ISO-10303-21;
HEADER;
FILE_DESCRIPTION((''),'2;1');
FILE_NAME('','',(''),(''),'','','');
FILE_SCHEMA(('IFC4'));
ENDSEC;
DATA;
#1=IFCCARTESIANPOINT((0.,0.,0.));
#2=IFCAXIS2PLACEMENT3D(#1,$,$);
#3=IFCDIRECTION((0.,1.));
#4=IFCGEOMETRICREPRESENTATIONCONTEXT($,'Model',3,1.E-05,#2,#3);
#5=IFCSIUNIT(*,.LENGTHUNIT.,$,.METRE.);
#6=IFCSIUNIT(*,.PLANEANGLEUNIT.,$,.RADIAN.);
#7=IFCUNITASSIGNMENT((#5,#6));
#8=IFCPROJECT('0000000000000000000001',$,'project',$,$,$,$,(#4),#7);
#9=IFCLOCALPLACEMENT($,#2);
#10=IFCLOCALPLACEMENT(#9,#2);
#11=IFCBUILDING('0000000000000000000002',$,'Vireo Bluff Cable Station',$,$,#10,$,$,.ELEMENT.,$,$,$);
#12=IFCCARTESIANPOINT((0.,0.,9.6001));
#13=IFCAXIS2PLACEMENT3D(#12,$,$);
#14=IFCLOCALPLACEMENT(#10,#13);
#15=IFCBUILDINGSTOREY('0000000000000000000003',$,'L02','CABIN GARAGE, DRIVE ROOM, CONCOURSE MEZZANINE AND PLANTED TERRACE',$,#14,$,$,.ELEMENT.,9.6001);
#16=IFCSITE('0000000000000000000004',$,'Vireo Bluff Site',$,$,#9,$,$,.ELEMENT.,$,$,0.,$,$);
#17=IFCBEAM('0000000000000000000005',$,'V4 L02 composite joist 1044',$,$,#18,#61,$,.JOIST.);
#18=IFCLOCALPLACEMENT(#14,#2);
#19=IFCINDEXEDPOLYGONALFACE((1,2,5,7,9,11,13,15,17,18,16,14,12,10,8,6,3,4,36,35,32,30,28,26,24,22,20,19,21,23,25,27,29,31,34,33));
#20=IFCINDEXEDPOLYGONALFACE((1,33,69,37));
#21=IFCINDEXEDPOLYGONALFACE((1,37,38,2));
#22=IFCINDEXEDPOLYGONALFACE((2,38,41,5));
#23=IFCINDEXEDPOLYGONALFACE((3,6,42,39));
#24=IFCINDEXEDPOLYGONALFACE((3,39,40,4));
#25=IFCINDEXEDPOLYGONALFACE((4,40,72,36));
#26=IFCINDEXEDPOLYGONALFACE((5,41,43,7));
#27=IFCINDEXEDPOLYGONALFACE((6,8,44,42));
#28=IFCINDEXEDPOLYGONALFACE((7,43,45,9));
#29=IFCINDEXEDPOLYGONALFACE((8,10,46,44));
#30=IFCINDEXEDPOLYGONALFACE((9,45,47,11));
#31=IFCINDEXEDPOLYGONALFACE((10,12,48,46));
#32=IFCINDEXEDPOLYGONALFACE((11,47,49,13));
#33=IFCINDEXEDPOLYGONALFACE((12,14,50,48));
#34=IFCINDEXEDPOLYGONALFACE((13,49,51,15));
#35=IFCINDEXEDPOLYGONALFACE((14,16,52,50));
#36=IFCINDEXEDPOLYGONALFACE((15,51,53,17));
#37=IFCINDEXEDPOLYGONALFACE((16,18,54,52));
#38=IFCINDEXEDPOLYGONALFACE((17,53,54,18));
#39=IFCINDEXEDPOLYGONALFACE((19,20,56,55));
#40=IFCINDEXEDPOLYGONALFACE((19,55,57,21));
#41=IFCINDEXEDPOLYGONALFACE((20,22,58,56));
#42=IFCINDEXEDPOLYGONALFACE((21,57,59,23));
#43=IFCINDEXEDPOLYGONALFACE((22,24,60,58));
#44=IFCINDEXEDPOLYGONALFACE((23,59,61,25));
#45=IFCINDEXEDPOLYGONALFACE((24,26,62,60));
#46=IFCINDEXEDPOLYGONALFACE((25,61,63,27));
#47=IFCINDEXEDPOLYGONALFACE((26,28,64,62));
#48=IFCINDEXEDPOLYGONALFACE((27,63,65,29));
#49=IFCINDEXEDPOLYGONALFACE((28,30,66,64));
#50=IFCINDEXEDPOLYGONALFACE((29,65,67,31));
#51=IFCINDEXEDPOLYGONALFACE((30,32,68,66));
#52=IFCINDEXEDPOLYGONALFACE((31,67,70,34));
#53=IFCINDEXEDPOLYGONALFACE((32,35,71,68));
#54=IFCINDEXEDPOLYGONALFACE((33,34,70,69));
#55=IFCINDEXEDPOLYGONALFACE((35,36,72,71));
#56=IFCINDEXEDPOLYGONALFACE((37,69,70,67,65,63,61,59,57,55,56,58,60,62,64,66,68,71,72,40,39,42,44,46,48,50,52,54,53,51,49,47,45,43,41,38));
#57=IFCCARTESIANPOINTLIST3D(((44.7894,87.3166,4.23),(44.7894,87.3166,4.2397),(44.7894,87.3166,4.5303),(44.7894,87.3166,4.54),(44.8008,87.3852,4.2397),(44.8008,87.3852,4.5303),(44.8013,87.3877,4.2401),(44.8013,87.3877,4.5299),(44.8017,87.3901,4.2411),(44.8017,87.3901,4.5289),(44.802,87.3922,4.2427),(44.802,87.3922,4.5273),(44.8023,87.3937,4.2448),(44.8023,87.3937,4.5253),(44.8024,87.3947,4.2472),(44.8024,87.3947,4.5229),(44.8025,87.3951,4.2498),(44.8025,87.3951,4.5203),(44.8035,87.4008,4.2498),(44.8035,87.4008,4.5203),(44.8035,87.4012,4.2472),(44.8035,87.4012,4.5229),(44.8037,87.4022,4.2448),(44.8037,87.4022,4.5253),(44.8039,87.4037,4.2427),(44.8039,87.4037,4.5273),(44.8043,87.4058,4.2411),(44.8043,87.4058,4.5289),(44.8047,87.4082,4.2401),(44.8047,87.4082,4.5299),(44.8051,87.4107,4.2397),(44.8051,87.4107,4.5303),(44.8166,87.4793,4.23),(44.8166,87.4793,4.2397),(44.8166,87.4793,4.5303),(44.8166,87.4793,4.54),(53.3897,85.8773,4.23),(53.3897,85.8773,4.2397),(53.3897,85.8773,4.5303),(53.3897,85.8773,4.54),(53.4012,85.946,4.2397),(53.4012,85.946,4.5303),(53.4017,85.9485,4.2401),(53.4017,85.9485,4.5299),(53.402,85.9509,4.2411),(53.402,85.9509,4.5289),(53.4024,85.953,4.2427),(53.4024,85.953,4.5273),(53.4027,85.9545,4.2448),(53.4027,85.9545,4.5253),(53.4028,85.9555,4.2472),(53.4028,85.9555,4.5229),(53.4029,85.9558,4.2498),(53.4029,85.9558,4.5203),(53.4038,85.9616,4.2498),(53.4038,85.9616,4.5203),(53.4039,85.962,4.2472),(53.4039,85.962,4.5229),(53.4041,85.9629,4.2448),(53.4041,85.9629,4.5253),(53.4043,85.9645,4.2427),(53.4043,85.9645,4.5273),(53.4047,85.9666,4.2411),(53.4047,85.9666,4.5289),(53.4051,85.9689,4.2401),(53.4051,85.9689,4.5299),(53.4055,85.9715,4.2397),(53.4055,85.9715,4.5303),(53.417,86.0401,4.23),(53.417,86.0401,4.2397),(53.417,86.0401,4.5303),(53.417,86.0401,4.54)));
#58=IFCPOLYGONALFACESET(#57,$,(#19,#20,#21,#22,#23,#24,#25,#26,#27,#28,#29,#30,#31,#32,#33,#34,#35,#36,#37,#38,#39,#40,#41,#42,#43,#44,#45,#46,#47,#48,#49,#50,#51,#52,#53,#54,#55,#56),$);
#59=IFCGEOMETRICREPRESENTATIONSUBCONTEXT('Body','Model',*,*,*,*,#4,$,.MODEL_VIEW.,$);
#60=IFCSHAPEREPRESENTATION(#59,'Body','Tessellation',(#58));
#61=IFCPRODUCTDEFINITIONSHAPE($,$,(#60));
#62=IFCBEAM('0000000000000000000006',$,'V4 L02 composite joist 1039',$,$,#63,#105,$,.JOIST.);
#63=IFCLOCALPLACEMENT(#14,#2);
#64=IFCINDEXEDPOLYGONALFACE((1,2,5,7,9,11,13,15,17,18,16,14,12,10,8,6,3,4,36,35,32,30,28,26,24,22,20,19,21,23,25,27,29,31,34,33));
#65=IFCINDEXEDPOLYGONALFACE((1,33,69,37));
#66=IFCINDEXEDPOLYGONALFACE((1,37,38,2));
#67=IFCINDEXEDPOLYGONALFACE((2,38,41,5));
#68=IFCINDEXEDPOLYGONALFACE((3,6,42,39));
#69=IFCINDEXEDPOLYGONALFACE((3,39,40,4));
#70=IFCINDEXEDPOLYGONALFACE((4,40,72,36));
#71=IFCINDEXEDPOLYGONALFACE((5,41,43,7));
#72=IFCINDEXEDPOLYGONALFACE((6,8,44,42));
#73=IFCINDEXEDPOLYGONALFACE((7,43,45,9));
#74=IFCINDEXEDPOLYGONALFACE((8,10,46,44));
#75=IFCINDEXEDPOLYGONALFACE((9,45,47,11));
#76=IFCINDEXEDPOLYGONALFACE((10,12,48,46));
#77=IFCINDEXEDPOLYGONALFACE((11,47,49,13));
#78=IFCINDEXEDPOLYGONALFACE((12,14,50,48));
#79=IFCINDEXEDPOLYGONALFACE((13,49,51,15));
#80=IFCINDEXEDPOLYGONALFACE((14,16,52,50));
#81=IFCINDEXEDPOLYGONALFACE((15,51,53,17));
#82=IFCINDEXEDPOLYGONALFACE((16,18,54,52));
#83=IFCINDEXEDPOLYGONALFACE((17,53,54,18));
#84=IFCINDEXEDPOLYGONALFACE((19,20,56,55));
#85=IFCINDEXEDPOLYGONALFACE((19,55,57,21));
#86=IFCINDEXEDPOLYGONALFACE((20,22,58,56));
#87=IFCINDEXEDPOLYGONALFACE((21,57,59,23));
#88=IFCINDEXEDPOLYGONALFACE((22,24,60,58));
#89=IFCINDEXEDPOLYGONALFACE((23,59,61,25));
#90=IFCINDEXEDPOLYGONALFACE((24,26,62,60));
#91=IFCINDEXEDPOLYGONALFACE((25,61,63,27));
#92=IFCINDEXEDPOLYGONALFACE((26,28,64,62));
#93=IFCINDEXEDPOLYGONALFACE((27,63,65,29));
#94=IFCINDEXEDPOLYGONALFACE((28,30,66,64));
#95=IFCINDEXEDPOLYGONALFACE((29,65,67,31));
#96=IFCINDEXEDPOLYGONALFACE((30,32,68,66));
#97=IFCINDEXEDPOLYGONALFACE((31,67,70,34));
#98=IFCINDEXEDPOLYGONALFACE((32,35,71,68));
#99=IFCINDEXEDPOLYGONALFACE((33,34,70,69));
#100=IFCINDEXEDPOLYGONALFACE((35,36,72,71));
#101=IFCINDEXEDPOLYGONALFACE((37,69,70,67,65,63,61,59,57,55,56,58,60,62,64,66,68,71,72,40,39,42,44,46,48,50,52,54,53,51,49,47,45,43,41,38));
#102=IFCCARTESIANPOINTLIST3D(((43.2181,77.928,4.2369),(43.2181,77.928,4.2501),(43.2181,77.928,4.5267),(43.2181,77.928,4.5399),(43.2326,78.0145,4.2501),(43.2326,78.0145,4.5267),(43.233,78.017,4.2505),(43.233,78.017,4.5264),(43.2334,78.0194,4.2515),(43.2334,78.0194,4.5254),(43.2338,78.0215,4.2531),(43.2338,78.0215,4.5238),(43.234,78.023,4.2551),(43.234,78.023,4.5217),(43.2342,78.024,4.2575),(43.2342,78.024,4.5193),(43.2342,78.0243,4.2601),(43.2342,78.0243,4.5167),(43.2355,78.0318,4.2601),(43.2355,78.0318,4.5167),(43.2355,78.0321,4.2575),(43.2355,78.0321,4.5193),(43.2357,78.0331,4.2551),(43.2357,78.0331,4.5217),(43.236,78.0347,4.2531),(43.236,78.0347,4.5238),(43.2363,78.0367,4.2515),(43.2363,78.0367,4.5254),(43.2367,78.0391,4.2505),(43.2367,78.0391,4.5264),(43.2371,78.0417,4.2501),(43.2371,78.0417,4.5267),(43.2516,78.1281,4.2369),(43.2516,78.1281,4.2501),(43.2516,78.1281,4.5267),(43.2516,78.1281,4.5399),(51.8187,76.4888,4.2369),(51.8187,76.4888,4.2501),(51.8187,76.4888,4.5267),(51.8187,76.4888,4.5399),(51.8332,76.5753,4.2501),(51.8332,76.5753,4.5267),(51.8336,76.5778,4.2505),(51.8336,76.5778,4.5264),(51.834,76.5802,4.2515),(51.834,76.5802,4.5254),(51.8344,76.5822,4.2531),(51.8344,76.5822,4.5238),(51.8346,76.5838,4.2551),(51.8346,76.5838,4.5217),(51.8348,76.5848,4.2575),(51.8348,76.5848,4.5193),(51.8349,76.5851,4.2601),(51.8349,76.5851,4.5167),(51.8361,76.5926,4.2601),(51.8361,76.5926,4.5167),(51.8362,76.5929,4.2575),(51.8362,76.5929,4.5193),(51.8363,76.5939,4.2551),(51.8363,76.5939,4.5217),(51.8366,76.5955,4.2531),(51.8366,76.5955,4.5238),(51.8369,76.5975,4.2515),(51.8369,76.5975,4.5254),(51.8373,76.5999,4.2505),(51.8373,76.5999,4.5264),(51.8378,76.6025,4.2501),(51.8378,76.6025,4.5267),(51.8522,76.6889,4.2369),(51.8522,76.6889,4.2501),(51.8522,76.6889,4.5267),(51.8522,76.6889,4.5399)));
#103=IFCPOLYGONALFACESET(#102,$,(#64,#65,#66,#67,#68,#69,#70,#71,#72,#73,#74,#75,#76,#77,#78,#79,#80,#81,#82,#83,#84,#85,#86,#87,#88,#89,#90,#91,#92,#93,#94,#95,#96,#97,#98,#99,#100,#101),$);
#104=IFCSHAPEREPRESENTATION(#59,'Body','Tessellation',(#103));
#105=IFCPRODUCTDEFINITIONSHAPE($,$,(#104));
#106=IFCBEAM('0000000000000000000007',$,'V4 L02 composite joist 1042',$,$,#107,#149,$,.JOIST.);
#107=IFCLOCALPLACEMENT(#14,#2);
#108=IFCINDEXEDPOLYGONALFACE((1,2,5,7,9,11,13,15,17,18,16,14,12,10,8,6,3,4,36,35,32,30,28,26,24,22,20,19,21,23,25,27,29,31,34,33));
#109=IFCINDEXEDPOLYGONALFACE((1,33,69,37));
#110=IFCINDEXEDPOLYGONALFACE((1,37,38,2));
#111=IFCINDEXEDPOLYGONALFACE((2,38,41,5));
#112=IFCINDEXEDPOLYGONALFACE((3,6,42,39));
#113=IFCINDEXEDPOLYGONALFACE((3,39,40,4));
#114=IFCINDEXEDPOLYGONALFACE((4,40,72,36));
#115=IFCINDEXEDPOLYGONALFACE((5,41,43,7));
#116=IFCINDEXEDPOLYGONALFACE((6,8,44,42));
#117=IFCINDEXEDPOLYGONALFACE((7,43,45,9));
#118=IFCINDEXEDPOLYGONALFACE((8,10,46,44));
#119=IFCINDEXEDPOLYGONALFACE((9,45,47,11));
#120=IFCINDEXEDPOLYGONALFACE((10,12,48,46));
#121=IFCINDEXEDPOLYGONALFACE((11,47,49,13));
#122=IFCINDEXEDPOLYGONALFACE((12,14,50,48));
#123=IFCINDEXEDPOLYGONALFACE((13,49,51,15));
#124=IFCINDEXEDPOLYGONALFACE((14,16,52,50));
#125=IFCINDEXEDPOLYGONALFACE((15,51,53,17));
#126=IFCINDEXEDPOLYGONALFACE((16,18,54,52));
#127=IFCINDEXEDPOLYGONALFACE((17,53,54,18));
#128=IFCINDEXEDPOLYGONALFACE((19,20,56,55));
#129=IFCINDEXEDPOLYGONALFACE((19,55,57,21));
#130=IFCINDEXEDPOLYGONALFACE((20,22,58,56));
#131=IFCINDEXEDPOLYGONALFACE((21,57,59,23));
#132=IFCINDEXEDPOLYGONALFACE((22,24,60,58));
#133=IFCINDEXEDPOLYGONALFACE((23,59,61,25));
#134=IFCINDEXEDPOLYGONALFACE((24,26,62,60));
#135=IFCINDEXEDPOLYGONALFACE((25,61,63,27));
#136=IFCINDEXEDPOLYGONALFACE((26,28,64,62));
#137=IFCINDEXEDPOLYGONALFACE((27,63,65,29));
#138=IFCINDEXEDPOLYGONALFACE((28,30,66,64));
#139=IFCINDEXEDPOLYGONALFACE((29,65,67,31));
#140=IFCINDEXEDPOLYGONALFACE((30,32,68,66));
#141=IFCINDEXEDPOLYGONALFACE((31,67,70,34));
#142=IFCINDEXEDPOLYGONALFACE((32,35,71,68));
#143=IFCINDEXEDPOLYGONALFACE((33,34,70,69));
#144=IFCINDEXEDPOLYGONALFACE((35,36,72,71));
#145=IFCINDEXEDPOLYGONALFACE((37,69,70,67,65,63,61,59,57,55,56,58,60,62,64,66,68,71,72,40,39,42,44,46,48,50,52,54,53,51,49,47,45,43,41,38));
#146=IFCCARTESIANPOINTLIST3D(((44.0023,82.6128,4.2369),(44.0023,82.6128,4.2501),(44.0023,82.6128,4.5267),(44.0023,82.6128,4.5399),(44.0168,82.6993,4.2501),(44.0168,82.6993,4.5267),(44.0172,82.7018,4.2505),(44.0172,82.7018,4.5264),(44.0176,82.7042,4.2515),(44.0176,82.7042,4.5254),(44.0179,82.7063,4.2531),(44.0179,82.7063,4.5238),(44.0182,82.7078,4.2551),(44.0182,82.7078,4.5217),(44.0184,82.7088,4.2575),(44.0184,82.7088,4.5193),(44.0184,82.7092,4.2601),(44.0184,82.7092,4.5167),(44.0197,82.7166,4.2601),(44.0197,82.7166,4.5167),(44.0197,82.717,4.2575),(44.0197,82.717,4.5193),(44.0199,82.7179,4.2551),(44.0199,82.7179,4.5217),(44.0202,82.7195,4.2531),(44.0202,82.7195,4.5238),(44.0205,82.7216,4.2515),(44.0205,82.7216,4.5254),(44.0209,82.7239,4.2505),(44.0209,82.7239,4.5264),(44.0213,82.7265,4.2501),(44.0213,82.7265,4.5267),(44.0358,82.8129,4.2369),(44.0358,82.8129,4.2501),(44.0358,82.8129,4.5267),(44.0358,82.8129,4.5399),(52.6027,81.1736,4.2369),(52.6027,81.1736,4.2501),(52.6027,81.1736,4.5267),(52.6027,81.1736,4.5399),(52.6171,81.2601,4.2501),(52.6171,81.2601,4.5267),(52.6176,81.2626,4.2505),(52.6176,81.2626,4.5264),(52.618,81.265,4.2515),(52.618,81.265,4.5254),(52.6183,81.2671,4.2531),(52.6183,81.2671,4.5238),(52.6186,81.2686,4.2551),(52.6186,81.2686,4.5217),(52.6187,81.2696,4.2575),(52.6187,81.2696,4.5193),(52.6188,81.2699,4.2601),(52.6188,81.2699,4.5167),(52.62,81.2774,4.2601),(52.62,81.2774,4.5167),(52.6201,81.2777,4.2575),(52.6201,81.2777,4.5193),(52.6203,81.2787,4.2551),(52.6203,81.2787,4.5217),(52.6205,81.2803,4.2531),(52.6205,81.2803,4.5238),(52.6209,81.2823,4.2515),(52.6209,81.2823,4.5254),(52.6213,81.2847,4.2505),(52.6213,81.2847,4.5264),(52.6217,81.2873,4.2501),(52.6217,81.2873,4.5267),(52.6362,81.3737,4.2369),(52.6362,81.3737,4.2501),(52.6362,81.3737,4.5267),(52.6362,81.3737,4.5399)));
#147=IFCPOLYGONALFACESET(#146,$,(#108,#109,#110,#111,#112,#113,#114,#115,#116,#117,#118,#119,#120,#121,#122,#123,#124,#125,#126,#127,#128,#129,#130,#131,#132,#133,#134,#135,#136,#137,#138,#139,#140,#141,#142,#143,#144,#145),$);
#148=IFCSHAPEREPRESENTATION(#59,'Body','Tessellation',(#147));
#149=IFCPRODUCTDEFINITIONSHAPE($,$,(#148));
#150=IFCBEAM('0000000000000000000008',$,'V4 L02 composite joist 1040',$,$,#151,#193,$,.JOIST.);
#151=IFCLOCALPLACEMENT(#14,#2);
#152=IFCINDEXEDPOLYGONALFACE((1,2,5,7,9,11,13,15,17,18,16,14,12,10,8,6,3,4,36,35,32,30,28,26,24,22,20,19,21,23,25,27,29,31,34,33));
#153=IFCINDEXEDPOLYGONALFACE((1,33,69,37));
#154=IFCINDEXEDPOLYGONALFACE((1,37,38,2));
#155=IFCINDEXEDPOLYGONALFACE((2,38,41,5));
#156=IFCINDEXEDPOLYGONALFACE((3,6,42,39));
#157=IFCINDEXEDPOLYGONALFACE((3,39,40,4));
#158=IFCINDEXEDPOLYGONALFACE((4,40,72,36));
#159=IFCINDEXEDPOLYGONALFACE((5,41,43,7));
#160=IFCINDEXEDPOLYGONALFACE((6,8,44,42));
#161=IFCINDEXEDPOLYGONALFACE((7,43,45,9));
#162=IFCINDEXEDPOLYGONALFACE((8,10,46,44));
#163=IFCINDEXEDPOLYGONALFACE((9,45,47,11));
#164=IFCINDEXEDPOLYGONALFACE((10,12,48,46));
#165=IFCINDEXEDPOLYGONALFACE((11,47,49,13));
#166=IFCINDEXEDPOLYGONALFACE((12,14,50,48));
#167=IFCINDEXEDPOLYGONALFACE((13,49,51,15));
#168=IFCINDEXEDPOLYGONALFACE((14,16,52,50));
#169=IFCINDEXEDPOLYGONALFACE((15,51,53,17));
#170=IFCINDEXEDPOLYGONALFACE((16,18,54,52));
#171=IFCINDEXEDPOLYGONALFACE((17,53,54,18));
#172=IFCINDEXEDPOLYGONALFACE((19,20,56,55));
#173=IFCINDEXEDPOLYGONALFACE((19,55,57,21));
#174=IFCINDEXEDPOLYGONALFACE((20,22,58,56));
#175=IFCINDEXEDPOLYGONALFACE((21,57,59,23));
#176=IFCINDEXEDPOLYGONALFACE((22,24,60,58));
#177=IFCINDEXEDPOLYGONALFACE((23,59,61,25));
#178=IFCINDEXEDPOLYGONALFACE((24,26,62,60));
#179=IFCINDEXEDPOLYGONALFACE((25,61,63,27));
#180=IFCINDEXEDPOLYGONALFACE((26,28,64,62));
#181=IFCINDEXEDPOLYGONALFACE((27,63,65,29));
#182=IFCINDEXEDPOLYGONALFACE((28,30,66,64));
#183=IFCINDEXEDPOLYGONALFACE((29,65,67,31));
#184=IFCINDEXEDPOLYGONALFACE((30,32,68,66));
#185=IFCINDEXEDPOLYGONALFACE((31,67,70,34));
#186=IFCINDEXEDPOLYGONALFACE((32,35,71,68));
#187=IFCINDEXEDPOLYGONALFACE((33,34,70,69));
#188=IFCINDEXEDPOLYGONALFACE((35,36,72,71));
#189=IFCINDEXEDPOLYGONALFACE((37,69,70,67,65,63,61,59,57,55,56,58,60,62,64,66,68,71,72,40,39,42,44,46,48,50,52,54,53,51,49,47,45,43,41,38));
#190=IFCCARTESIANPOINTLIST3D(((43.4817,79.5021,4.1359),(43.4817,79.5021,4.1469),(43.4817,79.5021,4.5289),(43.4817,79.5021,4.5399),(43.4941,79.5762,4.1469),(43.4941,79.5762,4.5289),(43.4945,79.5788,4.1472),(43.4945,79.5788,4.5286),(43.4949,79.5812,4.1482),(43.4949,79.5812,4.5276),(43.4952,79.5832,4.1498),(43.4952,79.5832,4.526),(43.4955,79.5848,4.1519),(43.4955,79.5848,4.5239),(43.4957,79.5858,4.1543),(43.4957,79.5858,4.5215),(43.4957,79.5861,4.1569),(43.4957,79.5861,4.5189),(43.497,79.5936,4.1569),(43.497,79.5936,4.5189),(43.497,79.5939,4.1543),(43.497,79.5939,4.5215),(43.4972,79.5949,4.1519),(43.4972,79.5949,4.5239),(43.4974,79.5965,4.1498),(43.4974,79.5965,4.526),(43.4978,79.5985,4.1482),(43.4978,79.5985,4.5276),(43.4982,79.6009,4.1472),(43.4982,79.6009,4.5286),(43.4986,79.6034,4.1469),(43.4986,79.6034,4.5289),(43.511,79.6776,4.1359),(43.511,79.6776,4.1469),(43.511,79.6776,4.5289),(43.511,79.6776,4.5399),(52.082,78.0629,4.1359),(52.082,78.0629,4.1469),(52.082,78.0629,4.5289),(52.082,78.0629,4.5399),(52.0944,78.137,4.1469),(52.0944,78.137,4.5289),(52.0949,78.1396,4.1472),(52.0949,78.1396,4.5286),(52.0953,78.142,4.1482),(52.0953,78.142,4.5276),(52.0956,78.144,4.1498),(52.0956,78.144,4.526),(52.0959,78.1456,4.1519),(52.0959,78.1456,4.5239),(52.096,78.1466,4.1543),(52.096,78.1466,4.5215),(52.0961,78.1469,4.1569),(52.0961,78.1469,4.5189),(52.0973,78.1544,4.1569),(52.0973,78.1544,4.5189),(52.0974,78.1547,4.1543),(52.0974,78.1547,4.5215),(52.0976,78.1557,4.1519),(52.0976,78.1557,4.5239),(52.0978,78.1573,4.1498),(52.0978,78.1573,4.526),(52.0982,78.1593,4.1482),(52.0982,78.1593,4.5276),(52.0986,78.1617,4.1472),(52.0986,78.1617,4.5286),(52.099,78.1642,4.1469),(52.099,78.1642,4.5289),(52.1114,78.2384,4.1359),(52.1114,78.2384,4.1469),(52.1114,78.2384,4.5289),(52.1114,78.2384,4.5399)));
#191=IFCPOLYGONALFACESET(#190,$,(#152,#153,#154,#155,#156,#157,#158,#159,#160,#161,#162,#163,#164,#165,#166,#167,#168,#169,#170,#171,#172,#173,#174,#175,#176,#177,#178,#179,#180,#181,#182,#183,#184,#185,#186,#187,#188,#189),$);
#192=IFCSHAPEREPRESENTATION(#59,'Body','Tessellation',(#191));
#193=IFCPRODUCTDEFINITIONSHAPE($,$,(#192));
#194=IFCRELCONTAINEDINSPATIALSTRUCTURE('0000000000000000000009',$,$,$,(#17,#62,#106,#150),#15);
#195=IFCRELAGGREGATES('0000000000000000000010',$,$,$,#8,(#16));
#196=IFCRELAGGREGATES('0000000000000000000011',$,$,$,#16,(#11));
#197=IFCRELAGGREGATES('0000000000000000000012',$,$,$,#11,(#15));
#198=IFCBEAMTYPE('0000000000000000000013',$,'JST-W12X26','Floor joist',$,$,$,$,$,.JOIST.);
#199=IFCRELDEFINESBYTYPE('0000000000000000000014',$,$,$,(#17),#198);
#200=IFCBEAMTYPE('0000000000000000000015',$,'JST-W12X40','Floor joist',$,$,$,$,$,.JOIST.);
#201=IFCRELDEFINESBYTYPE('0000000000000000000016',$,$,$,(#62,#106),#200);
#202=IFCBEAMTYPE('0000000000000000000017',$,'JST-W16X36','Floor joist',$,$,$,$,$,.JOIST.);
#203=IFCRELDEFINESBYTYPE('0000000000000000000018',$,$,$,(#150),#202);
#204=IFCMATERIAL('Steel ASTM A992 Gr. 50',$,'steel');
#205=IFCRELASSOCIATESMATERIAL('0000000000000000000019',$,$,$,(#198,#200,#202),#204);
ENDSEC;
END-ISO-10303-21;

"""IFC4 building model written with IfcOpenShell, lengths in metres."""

from ifc_helpers import new_model, si_unit, direction, frame, origin, origin_2d, place, context, subcontext, project, spatial, i_section, extrude, material, material_profile, profile_set, type_object, element, save


model = new_model("IFC4")

# Units and contexts
model_context = context("Model", 3, precision=1e-05, world=origin(), true_north=direction((0.0, 1.0)))
body_context = subcontext(model_context, "Body", "Model", "MODEL_VIEW")
ifc_project = project(units=[si_unit("LENGTHUNIT", "METRE"), si_unit("PLANEANGLEUNIT", "RADIAN")], contexts=[model_context])

# Site, building, storey
site_placement = place(None, origin())
site = spatial("IfcSite", under=ifc_project, at=site_placement, Name="Vireo Bluff Site", CompositionType="ELEMENT", RefElevation=0.0)
building_placement = place(site_placement, origin())
building = spatial("IfcBuilding", under=site, at=building_placement, Name="Vireo Bluff Cable Station", CompositionType="ELEMENT")
storey_placement = place(building_placement, frame((0.0, 0.0, 9.6001)))
storey = spatial("IfcBuildingStorey", under=building, at=storey_placement, Name="L02", Description="CABIN GARAGE, DRIVE ROOM, CONCOURSE MEZZANINE AND PLANTED TERRACE", CompositionType="ELEMENT", Elevation=9.6001)

# Shared definitions
ifc_material_1 = material(Name="Steel ASTM A992 Gr. 50", Category="steel")

# Beams
ifc_material_profile_1 = material_profile(ifc_material_1, i_section(OverallWidth=0.165, OverallDepth=0.3101, WebThickness=0.0059, FlangeThickness=0.0098, FilletRadius=0.01, at=origin_2d()), Name="W12X26")
ifc_profile_set_1 = profile_set([ifc_material_profile_1], Name="Steel ASTM A992 Gr. 50")
beam_type_1 = type_object("IfcBeamType", Name="JST-W12X26", Description="Floor joist", PredefinedType="JOIST", material=ifc_profile_set_1)
beam_1_placement = place(storey_placement, frame((44.803, 87.3979, 4.385), z_axis=(0.986286, -0.165048, 0.0), x_axis=(0.165048, 0.986286, 0.0)))
element("IfcBeam", 1, at=beam_1_placement, inside=storey, type_object=beam_type_1, Name="V4 L02 composite joist 1044", PredefinedType="JOIST", context=body_context, shape_type="SweptSolid", body=[
    extrude(i_section(OverallWidth=0.165, OverallDepth=0.3101, WebThickness=0.0059, FlangeThickness=0.0098, FilletRadius=0.01, at=origin_2d()), origin(), (0.0, 0.0, 1.0), 8.72),
])
ifc_material_profile_2 = material_profile(ifc_material_1, i_section(OverallWidth=0.2029, OverallDepth=0.303, WebThickness=0.0076, FlangeThickness=0.0132, FilletRadius=0.01, at=origin_2d()), Name="W12X40")
ifc_profile_set_2 = profile_set([ifc_material_profile_2], Name="Steel ASTM A992 Gr. 50")
beam_type_2 = type_object("IfcBeamType", Name="JST-W12X40", Description="Floor joist", PredefinedType="JOIST", material=ifc_profile_set_2)
beam_2_placement = place(storey_placement, frame((43.2349, 78.0281, 4.3884), z_axis=(0.986286, -0.165044, 0.0), x_axis=(0.165044, 0.986286, 0.0)))
element("IfcBeam", 2, at=beam_2_placement, inside=storey, type_object=beam_type_2, Name="V4 L02 composite joist 1039", PredefinedType="JOIST", context=body_context, shape_type="SweptSolid", body=[
    extrude(i_section(OverallWidth=0.2029, OverallDepth=0.303, WebThickness=0.0076, FlangeThickness=0.0132, FilletRadius=0.01, at=origin_2d()), origin(), (0.0, 0.0, 1.0), 8.7202),
])
beam_3_placement = place(storey_placement, frame((44.019, 82.7129, 4.3884), z_axis=(0.986286, -0.165048, 0.0), x_axis=(0.165048, 0.986286, 0.0)))
element("IfcBeam", 3, at=beam_3_placement, inside=storey, type_object=beam_type_2, Name="V4 L02 composite joist 1042", PredefinedType="JOIST", context=body_context, shape_type="SweptSolid", body=[
    extrude(i_section(OverallWidth=0.2029, OverallDepth=0.303, WebThickness=0.0076, FlangeThickness=0.0132, FilletRadius=0.01, at=origin_2d()), origin(), (0.0, 0.0, 1.0), 8.72),
])
ifc_material_profile_3 = material_profile(ifc_material_1, i_section(OverallWidth=0.178, OverallDepth=0.4041, WebThickness=0.0076, FlangeThickness=0.011, FilletRadius=0.01, at=origin_2d()), Name="W16X36")
ifc_profile_set_3 = profile_set([ifc_material_profile_3], Name="Steel ASTM A992 Gr. 50")
beam_type_3 = type_object("IfcBeamType", Name="JST-W16X36", Description="Floor joist", PredefinedType="JOIST", material=ifc_profile_set_3)
beam_4_placement = place(storey_placement, frame((43.4963, 79.5898, 4.3379), z_axis=(0.986286, -0.165048, 0.0), x_axis=(0.165048, 0.986286, 0.0)))
element("IfcBeam", 4, at=beam_4_placement, inside=storey, type_object=beam_type_3, Name="V4 L02 composite joist 1040", PredefinedType="JOIST", context=body_context, shape_type="SweptSolid", body=[
    extrude(i_section(OverallWidth=0.178, OverallDepth=0.4041, WebThickness=0.0076, FlangeThickness=0.011, FilletRadius=0.01, at=origin_2d()), origin(), (0.0, 0.0, 1.0), 8.72),
])

save(model, "model.ifc")
